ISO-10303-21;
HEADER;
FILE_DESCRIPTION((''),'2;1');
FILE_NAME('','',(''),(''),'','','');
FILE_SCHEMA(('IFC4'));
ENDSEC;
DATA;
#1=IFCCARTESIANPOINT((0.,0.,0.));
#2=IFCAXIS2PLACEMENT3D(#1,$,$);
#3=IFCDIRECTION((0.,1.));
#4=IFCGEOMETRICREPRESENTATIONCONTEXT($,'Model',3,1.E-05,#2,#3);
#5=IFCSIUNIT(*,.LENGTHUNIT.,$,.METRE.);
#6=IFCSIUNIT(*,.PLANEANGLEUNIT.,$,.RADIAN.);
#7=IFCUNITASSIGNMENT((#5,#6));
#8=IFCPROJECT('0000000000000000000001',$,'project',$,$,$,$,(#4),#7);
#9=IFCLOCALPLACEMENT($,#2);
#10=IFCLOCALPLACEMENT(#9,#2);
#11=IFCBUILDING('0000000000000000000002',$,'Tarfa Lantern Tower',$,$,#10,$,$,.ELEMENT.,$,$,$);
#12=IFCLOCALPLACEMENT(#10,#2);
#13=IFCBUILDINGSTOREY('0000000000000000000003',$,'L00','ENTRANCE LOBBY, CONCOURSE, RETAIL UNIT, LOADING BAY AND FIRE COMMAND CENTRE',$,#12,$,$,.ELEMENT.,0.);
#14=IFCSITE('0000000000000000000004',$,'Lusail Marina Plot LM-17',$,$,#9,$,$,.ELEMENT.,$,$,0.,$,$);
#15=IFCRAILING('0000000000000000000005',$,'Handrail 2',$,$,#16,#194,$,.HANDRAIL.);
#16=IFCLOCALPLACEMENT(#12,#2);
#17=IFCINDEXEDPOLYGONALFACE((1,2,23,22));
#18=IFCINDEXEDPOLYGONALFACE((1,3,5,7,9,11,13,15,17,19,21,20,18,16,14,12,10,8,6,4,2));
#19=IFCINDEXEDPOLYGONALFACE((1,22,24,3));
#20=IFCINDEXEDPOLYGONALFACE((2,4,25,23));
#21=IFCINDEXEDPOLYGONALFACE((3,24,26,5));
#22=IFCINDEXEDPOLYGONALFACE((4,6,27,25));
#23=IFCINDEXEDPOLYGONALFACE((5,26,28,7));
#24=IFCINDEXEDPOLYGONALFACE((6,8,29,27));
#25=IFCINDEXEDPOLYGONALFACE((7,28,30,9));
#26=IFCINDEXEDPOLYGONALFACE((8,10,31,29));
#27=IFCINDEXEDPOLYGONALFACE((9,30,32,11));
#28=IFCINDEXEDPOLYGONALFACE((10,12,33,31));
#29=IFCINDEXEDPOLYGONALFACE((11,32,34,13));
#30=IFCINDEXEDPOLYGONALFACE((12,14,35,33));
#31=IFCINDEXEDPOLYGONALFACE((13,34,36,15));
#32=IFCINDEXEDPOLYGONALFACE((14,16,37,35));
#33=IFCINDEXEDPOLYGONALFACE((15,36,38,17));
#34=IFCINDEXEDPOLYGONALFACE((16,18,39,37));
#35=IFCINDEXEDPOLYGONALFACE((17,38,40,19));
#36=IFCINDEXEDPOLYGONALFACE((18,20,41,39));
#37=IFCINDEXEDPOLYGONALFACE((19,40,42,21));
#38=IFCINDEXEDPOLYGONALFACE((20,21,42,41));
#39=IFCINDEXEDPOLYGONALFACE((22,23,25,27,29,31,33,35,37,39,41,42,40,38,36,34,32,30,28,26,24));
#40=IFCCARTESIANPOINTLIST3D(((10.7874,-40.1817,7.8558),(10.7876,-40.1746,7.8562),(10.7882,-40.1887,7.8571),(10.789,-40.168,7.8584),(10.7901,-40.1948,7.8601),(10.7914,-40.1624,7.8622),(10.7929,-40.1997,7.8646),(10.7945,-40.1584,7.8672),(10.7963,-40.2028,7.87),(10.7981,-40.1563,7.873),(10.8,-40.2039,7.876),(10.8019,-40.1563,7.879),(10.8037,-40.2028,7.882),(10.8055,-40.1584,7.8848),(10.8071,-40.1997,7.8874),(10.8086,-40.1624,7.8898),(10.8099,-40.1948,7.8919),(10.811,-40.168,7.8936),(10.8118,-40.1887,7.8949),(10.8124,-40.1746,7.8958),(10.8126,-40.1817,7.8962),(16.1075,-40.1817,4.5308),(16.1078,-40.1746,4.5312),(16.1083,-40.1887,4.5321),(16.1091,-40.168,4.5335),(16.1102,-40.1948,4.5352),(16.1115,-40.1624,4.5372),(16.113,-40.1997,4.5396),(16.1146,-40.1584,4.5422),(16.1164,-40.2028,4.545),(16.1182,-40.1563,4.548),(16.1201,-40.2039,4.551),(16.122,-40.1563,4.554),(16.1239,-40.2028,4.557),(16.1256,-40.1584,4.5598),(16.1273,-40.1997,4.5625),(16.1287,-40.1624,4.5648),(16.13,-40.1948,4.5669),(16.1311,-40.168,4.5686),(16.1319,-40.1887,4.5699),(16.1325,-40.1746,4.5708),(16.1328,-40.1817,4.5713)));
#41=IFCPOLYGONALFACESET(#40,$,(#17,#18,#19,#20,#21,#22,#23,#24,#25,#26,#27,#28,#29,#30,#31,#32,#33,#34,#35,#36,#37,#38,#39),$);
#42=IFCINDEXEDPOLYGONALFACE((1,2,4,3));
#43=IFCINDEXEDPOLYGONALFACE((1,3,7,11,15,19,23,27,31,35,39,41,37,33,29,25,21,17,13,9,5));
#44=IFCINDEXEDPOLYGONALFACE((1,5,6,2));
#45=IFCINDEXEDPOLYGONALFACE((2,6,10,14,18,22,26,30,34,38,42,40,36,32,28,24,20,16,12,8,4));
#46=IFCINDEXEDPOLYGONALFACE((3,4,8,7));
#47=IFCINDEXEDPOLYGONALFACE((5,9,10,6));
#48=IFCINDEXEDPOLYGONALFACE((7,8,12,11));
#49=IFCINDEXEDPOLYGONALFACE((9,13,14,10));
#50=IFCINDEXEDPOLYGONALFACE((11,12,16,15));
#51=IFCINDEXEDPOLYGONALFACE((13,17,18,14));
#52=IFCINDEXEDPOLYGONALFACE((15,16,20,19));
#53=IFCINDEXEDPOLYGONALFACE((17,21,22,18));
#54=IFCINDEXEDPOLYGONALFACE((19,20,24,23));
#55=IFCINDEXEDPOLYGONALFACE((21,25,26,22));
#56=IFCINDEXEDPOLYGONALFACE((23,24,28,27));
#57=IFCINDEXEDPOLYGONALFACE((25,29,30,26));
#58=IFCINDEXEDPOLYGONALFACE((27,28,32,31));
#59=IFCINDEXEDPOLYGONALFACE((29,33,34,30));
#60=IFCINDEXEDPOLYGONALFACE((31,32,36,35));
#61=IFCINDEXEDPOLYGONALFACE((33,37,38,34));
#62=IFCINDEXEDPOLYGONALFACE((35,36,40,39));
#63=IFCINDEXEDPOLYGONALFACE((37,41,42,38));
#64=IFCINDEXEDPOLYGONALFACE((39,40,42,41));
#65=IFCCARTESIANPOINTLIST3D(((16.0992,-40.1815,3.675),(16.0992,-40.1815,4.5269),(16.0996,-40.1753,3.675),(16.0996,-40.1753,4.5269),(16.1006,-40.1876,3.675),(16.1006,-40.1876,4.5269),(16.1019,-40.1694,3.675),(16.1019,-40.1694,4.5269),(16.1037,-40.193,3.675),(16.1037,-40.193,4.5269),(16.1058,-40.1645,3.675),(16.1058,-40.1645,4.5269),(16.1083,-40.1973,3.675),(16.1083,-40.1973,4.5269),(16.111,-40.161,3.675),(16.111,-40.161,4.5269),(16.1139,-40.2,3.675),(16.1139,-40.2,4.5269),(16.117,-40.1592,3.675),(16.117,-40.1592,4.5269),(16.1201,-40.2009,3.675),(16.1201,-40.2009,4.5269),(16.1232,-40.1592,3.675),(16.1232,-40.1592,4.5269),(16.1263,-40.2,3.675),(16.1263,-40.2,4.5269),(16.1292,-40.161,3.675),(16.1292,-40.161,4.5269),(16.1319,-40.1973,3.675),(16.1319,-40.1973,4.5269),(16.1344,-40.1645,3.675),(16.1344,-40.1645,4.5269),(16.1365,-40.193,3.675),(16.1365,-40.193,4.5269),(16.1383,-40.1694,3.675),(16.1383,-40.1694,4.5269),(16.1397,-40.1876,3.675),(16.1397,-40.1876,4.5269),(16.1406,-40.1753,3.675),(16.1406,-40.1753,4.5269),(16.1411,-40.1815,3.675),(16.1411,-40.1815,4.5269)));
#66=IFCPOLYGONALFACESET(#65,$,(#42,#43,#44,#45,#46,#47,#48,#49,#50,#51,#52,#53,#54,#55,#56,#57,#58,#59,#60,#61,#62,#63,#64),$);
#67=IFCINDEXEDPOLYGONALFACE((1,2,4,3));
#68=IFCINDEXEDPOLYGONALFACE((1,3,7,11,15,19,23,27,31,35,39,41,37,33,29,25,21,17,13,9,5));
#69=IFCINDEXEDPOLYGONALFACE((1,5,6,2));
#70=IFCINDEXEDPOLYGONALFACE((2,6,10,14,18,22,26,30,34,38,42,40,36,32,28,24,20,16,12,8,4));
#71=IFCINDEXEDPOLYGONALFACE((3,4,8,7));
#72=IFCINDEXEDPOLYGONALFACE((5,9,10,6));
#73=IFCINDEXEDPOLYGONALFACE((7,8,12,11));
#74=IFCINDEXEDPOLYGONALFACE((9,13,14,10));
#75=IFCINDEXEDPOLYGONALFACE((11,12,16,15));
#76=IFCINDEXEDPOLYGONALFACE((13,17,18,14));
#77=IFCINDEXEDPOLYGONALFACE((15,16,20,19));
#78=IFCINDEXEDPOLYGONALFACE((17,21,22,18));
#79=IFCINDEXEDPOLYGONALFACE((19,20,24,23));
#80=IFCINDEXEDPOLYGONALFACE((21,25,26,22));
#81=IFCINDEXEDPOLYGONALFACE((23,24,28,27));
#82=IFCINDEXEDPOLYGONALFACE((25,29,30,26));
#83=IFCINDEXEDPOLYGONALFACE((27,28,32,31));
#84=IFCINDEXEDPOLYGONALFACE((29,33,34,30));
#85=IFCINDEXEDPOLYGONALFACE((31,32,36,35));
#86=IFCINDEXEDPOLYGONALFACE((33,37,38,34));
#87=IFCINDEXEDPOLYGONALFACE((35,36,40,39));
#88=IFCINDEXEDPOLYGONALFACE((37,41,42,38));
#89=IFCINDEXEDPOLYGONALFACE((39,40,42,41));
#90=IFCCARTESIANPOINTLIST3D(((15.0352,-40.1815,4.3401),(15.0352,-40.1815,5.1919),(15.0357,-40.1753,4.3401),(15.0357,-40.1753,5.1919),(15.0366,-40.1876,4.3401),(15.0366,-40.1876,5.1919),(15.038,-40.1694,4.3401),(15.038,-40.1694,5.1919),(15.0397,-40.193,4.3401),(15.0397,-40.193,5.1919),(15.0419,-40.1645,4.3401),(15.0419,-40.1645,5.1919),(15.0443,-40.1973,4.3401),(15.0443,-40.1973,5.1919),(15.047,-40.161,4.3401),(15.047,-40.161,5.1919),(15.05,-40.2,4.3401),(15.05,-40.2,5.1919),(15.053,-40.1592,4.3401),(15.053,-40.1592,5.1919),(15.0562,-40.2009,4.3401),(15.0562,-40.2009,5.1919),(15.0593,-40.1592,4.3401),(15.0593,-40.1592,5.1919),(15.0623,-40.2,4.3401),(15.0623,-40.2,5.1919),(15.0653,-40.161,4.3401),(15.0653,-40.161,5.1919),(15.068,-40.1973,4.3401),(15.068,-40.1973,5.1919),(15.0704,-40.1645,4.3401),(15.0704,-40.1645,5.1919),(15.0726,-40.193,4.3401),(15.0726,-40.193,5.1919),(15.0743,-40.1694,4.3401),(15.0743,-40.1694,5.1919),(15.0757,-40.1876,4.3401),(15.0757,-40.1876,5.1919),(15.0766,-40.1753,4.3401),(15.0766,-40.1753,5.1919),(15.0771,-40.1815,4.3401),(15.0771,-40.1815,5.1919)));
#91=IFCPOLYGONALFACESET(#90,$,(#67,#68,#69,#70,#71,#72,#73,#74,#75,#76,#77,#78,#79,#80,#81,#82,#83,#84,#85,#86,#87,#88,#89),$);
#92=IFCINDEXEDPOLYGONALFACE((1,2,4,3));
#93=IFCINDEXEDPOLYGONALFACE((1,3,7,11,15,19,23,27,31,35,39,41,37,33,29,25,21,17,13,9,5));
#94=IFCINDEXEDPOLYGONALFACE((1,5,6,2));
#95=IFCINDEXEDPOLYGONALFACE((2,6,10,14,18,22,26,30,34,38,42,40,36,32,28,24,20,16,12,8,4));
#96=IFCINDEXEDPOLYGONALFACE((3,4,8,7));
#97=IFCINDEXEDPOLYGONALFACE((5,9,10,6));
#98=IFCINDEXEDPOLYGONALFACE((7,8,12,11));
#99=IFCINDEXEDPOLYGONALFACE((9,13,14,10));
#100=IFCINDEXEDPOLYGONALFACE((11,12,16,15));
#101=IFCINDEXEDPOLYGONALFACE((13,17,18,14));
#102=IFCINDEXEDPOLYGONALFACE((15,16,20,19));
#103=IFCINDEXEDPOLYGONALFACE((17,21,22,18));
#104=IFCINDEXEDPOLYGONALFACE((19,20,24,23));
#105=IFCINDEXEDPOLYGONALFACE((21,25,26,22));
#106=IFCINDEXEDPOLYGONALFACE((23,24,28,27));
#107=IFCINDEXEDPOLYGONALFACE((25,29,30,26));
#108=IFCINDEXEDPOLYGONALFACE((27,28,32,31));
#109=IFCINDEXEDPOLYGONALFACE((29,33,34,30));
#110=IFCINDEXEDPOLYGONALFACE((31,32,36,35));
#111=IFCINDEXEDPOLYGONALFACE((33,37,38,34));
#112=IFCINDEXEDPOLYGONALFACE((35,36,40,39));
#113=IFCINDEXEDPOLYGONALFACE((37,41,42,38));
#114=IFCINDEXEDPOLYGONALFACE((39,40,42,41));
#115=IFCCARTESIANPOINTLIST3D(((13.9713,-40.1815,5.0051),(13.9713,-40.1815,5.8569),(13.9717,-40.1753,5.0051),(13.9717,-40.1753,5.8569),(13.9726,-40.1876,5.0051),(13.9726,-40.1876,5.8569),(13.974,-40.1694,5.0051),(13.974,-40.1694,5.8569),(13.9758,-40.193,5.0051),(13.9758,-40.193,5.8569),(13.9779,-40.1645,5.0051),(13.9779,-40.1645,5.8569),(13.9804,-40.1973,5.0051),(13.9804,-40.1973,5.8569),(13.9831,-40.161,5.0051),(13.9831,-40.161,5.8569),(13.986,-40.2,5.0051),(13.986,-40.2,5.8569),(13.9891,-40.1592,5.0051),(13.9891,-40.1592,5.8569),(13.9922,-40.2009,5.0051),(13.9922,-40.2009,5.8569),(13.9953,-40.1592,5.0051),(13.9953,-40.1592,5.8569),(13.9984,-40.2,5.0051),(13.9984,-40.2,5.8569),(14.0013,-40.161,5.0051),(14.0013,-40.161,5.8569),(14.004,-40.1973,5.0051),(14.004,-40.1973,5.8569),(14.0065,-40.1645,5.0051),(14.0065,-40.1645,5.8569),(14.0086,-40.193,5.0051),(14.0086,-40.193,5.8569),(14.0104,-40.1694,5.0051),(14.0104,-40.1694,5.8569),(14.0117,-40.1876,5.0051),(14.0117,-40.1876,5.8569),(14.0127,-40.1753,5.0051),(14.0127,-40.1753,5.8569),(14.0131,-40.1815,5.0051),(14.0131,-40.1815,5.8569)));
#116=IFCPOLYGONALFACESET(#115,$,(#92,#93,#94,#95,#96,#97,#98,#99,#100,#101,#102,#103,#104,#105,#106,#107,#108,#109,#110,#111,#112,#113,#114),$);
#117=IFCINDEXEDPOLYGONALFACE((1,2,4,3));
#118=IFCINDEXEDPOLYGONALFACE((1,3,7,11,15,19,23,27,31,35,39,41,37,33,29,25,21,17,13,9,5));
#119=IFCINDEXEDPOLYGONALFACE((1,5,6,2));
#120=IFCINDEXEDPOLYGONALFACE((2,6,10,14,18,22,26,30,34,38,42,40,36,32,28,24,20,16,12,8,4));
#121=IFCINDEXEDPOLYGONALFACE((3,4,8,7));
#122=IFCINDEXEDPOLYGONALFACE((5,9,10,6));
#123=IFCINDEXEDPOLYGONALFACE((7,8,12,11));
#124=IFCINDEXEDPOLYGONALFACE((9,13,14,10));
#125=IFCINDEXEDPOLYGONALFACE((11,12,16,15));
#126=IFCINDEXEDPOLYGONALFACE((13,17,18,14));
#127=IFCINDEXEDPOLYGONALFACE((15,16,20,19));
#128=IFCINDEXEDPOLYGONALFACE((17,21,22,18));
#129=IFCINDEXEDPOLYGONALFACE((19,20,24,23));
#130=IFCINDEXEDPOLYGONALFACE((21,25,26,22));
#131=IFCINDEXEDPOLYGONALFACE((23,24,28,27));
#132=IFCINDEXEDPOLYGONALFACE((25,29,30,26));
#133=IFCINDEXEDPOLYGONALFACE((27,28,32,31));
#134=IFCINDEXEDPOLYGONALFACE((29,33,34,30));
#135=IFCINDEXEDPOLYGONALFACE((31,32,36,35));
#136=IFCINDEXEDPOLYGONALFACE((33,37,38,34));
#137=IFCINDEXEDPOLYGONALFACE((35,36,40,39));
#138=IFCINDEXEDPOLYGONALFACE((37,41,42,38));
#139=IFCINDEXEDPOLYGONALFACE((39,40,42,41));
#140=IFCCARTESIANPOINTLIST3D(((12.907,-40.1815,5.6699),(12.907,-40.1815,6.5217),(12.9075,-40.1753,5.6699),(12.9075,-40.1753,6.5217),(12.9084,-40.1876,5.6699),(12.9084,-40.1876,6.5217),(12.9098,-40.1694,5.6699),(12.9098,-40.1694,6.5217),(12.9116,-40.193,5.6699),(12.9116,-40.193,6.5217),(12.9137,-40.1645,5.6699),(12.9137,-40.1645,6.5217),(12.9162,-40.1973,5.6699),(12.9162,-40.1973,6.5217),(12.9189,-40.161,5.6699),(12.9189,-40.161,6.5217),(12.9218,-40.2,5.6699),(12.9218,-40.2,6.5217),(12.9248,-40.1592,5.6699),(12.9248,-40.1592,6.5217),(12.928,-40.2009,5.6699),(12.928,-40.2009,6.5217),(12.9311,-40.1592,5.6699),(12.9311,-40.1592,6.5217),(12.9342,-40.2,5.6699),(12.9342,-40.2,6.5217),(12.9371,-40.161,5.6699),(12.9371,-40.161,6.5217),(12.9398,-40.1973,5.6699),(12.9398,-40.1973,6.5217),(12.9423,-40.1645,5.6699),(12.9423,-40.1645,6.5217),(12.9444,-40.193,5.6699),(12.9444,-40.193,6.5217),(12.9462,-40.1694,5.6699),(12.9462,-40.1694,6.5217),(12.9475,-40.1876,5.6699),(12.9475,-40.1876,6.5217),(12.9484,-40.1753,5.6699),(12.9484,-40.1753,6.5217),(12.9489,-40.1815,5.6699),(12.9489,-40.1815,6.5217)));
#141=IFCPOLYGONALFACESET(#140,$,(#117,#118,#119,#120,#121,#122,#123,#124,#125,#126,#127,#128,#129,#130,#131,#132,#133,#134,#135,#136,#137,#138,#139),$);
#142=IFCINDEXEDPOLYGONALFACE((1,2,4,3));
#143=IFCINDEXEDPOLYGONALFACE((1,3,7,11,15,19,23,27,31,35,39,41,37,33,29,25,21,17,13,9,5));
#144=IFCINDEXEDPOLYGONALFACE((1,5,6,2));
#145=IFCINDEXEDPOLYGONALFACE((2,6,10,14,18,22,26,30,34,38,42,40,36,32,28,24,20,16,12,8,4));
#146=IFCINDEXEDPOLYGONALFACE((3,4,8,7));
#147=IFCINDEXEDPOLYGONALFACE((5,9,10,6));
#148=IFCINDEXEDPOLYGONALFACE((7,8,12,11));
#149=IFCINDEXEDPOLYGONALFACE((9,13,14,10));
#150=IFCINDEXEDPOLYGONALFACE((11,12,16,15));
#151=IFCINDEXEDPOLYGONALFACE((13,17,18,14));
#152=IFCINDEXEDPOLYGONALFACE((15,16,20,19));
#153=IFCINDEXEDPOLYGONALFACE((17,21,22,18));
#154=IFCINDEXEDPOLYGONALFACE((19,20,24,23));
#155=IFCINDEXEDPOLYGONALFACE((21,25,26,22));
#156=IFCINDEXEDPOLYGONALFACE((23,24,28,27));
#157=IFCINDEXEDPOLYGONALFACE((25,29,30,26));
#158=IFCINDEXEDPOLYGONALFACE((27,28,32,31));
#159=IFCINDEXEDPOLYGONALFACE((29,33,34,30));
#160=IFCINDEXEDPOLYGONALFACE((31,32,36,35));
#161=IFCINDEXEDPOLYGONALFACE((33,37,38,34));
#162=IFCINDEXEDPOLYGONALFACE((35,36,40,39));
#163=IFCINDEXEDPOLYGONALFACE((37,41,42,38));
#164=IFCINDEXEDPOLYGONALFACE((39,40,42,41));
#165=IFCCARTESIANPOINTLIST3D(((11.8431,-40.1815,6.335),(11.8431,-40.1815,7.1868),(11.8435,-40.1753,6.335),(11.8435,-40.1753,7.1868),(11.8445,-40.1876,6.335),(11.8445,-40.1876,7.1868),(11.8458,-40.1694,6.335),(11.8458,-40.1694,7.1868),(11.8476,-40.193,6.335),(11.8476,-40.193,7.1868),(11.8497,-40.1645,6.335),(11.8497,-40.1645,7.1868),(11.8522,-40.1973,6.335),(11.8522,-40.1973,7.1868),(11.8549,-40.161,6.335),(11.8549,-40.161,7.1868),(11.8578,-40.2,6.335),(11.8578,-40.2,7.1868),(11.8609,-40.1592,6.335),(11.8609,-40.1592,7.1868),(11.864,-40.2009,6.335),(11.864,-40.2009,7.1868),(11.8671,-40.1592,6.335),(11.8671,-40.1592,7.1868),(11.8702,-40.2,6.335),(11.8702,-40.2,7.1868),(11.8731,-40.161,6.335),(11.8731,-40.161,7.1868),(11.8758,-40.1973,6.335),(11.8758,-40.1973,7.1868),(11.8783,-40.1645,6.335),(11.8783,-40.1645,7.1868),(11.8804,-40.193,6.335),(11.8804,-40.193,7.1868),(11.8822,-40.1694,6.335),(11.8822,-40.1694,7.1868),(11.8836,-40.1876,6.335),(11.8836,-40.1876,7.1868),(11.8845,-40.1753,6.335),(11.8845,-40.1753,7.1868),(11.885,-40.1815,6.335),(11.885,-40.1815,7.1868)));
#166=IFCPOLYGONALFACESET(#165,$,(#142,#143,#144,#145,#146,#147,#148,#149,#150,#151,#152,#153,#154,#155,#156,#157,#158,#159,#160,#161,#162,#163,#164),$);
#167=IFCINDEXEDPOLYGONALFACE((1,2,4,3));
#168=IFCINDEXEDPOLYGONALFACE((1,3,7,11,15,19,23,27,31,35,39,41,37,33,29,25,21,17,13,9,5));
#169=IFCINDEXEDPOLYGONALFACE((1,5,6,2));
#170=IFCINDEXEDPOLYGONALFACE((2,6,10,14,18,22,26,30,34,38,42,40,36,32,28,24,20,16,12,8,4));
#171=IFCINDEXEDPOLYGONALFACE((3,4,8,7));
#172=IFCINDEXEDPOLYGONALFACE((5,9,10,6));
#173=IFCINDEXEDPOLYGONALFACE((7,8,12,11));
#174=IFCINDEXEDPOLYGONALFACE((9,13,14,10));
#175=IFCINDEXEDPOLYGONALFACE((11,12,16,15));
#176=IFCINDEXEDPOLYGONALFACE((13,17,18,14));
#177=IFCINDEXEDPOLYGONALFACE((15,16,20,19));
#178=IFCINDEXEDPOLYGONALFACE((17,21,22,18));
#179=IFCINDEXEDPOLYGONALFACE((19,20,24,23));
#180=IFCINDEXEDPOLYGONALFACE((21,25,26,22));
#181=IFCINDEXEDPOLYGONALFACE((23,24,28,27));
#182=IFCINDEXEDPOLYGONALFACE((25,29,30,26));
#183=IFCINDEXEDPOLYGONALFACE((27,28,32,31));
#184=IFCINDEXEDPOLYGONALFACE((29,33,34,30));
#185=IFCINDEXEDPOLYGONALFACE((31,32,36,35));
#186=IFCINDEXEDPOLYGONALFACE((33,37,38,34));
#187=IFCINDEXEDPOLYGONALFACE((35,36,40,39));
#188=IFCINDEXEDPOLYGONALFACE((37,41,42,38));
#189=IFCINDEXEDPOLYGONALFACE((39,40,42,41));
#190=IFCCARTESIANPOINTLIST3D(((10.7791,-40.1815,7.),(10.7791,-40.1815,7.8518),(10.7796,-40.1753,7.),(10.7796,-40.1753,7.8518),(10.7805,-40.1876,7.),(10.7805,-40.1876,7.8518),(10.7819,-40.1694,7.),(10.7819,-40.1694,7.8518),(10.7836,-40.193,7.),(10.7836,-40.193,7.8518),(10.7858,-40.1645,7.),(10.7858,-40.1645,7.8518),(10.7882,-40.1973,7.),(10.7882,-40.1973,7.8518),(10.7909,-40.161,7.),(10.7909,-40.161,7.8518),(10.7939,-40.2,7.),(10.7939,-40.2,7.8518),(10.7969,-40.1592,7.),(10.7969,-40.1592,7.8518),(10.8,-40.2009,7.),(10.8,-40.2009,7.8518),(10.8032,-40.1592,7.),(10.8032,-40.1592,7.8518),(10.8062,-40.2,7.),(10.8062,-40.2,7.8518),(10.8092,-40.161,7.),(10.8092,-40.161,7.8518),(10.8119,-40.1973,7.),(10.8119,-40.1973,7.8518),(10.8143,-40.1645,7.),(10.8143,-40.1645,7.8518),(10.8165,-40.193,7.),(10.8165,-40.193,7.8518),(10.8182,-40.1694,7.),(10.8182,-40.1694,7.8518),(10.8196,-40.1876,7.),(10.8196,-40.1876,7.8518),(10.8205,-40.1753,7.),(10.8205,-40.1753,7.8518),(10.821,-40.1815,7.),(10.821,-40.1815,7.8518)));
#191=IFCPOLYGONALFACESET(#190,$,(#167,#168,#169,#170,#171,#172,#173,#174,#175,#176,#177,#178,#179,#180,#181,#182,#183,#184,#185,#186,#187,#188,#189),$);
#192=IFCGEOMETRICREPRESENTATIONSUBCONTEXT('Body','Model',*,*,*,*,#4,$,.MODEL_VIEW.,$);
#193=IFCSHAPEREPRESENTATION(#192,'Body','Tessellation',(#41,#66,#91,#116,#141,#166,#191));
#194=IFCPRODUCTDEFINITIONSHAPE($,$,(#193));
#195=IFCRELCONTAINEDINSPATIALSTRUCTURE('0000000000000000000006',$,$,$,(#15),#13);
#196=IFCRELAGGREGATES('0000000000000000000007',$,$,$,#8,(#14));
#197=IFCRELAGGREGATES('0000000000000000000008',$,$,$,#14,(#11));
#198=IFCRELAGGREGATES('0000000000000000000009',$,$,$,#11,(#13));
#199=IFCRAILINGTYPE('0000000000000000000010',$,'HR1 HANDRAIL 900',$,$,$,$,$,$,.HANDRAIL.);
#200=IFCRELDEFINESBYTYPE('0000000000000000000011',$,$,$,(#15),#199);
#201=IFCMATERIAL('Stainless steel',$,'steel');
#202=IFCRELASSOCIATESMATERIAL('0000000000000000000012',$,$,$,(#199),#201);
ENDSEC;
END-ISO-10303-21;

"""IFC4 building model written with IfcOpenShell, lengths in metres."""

from ifc_helpers import new_model, si_unit, direction, frame, origin, origin_2d, place, context, subcontext, project, spatial, circle, extrude, material, type_object, element, save


model = new_model("IFC4")

# Units and contexts
model_context = context("Model", 3, precision=1e-05, world=origin(), true_north=direction((0.0, 1.0)))
body_context = subcontext(model_context, "Body", "Model", "MODEL_VIEW")
ifc_project = project(units=[si_unit("LENGTHUNIT", "METRE"), si_unit("PLANEANGLEUNIT", "RADIAN")], contexts=[model_context])

# Site, building, storey
site_placement = place(None, origin())
site = spatial("IfcSite", under=ifc_project, at=site_placement, Name="Lusail Marina Plot LM-17", CompositionType="ELEMENT", RefElevation=0.0)
building_placement = place(site_placement, origin())
building = spatial("IfcBuilding", under=site, at=building_placement, Name="Tarfa Lantern Tower", CompositionType="ELEMENT")
storey_placement = place(building_placement, origin())
storey = spatial("IfcBuildingStorey", under=building, at=storey_placement, Name="L00", Description="ENTRANCE LOBBY, CONCOURSE, RETAIL UNIT, LOADING BAY AND FIRE COMMAND CENTRE", CompositionType="ELEMENT", Elevation=0.0)

# Railing
ifc_material_1 = material(Name="Stainless steel", Category="steel")
railing_type = type_object("IfcRailingType", Name="HR1 HANDRAIL 900", PredefinedType="HANDRAIL", material=ifc_material_1)
railing_placement = place(storey_placement, frame((16.1201, -40.1799, 3.675)))
element("IfcRailing", 1, at=railing_placement, inside=storey, type_object=railing_type, Name="Handrail 2", PredefinedType="HANDRAIL", context=body_context, shape_type="SweptSolid", body=[
    extrude(circle(Radius=0.0239, at=origin_2d()), frame((0.0, 0.0, 0.876), z_axis=(-0.848005, 0.0, 0.529988), x_axis=(0.0, -1.0, 0.0)), (0.0, 0.0, 1.0), 6.2737),
    extrude(circle(Radius=0.021, at=origin_2d()), frame((0.0, 0.0, 0.0), z_axis=(0.0, 0.0, 1.0), x_axis=(0.0, -1.0, 0.0)), (0.0, 0.0, 1.0), 0.8518),
    extrude(circle(Radius=0.021, at=origin_2d()), frame((-1.064, 0.0, 0.665), z_axis=(0.0, 0.0, 1.0), x_axis=(0.0, -1.0, 0.0)), (0.0, 0.0, 1.0), 0.8518),
    extrude(circle(Radius=0.021, at=origin_2d()), frame((-2.1279, 0.0, 1.3301), z_axis=(0.0, 0.0, 1.0), x_axis=(0.0, -1.0, 0.0)), (0.0, 0.0, 1.0), 0.8518),
    extrude(circle(Radius=0.021, at=origin_2d()), frame((-3.1921, 0.0, 1.9949), z_axis=(0.0, 0.0, 1.0), x_axis=(0.0, -1.0, 0.0)), (0.0, 0.0, 1.0), 0.8518),
    extrude(circle(Radius=0.021, at=origin_2d()), frame((-4.2561, 0.0, 2.6599), z_axis=(0.0, 0.0, 1.0), x_axis=(0.0, -1.0, 0.0)), (0.0, 0.0, 1.0), 0.8518),
    extrude(circle(Radius=0.021, at=origin_2d()), frame((-5.3201, 0.0, 3.325), z_axis=(0.0, 0.0, 1.0), x_axis=(0.0, -1.0, 0.0)), (0.0, 0.0, 1.0), 0.8518),
])

save(model, "model.ifc")
